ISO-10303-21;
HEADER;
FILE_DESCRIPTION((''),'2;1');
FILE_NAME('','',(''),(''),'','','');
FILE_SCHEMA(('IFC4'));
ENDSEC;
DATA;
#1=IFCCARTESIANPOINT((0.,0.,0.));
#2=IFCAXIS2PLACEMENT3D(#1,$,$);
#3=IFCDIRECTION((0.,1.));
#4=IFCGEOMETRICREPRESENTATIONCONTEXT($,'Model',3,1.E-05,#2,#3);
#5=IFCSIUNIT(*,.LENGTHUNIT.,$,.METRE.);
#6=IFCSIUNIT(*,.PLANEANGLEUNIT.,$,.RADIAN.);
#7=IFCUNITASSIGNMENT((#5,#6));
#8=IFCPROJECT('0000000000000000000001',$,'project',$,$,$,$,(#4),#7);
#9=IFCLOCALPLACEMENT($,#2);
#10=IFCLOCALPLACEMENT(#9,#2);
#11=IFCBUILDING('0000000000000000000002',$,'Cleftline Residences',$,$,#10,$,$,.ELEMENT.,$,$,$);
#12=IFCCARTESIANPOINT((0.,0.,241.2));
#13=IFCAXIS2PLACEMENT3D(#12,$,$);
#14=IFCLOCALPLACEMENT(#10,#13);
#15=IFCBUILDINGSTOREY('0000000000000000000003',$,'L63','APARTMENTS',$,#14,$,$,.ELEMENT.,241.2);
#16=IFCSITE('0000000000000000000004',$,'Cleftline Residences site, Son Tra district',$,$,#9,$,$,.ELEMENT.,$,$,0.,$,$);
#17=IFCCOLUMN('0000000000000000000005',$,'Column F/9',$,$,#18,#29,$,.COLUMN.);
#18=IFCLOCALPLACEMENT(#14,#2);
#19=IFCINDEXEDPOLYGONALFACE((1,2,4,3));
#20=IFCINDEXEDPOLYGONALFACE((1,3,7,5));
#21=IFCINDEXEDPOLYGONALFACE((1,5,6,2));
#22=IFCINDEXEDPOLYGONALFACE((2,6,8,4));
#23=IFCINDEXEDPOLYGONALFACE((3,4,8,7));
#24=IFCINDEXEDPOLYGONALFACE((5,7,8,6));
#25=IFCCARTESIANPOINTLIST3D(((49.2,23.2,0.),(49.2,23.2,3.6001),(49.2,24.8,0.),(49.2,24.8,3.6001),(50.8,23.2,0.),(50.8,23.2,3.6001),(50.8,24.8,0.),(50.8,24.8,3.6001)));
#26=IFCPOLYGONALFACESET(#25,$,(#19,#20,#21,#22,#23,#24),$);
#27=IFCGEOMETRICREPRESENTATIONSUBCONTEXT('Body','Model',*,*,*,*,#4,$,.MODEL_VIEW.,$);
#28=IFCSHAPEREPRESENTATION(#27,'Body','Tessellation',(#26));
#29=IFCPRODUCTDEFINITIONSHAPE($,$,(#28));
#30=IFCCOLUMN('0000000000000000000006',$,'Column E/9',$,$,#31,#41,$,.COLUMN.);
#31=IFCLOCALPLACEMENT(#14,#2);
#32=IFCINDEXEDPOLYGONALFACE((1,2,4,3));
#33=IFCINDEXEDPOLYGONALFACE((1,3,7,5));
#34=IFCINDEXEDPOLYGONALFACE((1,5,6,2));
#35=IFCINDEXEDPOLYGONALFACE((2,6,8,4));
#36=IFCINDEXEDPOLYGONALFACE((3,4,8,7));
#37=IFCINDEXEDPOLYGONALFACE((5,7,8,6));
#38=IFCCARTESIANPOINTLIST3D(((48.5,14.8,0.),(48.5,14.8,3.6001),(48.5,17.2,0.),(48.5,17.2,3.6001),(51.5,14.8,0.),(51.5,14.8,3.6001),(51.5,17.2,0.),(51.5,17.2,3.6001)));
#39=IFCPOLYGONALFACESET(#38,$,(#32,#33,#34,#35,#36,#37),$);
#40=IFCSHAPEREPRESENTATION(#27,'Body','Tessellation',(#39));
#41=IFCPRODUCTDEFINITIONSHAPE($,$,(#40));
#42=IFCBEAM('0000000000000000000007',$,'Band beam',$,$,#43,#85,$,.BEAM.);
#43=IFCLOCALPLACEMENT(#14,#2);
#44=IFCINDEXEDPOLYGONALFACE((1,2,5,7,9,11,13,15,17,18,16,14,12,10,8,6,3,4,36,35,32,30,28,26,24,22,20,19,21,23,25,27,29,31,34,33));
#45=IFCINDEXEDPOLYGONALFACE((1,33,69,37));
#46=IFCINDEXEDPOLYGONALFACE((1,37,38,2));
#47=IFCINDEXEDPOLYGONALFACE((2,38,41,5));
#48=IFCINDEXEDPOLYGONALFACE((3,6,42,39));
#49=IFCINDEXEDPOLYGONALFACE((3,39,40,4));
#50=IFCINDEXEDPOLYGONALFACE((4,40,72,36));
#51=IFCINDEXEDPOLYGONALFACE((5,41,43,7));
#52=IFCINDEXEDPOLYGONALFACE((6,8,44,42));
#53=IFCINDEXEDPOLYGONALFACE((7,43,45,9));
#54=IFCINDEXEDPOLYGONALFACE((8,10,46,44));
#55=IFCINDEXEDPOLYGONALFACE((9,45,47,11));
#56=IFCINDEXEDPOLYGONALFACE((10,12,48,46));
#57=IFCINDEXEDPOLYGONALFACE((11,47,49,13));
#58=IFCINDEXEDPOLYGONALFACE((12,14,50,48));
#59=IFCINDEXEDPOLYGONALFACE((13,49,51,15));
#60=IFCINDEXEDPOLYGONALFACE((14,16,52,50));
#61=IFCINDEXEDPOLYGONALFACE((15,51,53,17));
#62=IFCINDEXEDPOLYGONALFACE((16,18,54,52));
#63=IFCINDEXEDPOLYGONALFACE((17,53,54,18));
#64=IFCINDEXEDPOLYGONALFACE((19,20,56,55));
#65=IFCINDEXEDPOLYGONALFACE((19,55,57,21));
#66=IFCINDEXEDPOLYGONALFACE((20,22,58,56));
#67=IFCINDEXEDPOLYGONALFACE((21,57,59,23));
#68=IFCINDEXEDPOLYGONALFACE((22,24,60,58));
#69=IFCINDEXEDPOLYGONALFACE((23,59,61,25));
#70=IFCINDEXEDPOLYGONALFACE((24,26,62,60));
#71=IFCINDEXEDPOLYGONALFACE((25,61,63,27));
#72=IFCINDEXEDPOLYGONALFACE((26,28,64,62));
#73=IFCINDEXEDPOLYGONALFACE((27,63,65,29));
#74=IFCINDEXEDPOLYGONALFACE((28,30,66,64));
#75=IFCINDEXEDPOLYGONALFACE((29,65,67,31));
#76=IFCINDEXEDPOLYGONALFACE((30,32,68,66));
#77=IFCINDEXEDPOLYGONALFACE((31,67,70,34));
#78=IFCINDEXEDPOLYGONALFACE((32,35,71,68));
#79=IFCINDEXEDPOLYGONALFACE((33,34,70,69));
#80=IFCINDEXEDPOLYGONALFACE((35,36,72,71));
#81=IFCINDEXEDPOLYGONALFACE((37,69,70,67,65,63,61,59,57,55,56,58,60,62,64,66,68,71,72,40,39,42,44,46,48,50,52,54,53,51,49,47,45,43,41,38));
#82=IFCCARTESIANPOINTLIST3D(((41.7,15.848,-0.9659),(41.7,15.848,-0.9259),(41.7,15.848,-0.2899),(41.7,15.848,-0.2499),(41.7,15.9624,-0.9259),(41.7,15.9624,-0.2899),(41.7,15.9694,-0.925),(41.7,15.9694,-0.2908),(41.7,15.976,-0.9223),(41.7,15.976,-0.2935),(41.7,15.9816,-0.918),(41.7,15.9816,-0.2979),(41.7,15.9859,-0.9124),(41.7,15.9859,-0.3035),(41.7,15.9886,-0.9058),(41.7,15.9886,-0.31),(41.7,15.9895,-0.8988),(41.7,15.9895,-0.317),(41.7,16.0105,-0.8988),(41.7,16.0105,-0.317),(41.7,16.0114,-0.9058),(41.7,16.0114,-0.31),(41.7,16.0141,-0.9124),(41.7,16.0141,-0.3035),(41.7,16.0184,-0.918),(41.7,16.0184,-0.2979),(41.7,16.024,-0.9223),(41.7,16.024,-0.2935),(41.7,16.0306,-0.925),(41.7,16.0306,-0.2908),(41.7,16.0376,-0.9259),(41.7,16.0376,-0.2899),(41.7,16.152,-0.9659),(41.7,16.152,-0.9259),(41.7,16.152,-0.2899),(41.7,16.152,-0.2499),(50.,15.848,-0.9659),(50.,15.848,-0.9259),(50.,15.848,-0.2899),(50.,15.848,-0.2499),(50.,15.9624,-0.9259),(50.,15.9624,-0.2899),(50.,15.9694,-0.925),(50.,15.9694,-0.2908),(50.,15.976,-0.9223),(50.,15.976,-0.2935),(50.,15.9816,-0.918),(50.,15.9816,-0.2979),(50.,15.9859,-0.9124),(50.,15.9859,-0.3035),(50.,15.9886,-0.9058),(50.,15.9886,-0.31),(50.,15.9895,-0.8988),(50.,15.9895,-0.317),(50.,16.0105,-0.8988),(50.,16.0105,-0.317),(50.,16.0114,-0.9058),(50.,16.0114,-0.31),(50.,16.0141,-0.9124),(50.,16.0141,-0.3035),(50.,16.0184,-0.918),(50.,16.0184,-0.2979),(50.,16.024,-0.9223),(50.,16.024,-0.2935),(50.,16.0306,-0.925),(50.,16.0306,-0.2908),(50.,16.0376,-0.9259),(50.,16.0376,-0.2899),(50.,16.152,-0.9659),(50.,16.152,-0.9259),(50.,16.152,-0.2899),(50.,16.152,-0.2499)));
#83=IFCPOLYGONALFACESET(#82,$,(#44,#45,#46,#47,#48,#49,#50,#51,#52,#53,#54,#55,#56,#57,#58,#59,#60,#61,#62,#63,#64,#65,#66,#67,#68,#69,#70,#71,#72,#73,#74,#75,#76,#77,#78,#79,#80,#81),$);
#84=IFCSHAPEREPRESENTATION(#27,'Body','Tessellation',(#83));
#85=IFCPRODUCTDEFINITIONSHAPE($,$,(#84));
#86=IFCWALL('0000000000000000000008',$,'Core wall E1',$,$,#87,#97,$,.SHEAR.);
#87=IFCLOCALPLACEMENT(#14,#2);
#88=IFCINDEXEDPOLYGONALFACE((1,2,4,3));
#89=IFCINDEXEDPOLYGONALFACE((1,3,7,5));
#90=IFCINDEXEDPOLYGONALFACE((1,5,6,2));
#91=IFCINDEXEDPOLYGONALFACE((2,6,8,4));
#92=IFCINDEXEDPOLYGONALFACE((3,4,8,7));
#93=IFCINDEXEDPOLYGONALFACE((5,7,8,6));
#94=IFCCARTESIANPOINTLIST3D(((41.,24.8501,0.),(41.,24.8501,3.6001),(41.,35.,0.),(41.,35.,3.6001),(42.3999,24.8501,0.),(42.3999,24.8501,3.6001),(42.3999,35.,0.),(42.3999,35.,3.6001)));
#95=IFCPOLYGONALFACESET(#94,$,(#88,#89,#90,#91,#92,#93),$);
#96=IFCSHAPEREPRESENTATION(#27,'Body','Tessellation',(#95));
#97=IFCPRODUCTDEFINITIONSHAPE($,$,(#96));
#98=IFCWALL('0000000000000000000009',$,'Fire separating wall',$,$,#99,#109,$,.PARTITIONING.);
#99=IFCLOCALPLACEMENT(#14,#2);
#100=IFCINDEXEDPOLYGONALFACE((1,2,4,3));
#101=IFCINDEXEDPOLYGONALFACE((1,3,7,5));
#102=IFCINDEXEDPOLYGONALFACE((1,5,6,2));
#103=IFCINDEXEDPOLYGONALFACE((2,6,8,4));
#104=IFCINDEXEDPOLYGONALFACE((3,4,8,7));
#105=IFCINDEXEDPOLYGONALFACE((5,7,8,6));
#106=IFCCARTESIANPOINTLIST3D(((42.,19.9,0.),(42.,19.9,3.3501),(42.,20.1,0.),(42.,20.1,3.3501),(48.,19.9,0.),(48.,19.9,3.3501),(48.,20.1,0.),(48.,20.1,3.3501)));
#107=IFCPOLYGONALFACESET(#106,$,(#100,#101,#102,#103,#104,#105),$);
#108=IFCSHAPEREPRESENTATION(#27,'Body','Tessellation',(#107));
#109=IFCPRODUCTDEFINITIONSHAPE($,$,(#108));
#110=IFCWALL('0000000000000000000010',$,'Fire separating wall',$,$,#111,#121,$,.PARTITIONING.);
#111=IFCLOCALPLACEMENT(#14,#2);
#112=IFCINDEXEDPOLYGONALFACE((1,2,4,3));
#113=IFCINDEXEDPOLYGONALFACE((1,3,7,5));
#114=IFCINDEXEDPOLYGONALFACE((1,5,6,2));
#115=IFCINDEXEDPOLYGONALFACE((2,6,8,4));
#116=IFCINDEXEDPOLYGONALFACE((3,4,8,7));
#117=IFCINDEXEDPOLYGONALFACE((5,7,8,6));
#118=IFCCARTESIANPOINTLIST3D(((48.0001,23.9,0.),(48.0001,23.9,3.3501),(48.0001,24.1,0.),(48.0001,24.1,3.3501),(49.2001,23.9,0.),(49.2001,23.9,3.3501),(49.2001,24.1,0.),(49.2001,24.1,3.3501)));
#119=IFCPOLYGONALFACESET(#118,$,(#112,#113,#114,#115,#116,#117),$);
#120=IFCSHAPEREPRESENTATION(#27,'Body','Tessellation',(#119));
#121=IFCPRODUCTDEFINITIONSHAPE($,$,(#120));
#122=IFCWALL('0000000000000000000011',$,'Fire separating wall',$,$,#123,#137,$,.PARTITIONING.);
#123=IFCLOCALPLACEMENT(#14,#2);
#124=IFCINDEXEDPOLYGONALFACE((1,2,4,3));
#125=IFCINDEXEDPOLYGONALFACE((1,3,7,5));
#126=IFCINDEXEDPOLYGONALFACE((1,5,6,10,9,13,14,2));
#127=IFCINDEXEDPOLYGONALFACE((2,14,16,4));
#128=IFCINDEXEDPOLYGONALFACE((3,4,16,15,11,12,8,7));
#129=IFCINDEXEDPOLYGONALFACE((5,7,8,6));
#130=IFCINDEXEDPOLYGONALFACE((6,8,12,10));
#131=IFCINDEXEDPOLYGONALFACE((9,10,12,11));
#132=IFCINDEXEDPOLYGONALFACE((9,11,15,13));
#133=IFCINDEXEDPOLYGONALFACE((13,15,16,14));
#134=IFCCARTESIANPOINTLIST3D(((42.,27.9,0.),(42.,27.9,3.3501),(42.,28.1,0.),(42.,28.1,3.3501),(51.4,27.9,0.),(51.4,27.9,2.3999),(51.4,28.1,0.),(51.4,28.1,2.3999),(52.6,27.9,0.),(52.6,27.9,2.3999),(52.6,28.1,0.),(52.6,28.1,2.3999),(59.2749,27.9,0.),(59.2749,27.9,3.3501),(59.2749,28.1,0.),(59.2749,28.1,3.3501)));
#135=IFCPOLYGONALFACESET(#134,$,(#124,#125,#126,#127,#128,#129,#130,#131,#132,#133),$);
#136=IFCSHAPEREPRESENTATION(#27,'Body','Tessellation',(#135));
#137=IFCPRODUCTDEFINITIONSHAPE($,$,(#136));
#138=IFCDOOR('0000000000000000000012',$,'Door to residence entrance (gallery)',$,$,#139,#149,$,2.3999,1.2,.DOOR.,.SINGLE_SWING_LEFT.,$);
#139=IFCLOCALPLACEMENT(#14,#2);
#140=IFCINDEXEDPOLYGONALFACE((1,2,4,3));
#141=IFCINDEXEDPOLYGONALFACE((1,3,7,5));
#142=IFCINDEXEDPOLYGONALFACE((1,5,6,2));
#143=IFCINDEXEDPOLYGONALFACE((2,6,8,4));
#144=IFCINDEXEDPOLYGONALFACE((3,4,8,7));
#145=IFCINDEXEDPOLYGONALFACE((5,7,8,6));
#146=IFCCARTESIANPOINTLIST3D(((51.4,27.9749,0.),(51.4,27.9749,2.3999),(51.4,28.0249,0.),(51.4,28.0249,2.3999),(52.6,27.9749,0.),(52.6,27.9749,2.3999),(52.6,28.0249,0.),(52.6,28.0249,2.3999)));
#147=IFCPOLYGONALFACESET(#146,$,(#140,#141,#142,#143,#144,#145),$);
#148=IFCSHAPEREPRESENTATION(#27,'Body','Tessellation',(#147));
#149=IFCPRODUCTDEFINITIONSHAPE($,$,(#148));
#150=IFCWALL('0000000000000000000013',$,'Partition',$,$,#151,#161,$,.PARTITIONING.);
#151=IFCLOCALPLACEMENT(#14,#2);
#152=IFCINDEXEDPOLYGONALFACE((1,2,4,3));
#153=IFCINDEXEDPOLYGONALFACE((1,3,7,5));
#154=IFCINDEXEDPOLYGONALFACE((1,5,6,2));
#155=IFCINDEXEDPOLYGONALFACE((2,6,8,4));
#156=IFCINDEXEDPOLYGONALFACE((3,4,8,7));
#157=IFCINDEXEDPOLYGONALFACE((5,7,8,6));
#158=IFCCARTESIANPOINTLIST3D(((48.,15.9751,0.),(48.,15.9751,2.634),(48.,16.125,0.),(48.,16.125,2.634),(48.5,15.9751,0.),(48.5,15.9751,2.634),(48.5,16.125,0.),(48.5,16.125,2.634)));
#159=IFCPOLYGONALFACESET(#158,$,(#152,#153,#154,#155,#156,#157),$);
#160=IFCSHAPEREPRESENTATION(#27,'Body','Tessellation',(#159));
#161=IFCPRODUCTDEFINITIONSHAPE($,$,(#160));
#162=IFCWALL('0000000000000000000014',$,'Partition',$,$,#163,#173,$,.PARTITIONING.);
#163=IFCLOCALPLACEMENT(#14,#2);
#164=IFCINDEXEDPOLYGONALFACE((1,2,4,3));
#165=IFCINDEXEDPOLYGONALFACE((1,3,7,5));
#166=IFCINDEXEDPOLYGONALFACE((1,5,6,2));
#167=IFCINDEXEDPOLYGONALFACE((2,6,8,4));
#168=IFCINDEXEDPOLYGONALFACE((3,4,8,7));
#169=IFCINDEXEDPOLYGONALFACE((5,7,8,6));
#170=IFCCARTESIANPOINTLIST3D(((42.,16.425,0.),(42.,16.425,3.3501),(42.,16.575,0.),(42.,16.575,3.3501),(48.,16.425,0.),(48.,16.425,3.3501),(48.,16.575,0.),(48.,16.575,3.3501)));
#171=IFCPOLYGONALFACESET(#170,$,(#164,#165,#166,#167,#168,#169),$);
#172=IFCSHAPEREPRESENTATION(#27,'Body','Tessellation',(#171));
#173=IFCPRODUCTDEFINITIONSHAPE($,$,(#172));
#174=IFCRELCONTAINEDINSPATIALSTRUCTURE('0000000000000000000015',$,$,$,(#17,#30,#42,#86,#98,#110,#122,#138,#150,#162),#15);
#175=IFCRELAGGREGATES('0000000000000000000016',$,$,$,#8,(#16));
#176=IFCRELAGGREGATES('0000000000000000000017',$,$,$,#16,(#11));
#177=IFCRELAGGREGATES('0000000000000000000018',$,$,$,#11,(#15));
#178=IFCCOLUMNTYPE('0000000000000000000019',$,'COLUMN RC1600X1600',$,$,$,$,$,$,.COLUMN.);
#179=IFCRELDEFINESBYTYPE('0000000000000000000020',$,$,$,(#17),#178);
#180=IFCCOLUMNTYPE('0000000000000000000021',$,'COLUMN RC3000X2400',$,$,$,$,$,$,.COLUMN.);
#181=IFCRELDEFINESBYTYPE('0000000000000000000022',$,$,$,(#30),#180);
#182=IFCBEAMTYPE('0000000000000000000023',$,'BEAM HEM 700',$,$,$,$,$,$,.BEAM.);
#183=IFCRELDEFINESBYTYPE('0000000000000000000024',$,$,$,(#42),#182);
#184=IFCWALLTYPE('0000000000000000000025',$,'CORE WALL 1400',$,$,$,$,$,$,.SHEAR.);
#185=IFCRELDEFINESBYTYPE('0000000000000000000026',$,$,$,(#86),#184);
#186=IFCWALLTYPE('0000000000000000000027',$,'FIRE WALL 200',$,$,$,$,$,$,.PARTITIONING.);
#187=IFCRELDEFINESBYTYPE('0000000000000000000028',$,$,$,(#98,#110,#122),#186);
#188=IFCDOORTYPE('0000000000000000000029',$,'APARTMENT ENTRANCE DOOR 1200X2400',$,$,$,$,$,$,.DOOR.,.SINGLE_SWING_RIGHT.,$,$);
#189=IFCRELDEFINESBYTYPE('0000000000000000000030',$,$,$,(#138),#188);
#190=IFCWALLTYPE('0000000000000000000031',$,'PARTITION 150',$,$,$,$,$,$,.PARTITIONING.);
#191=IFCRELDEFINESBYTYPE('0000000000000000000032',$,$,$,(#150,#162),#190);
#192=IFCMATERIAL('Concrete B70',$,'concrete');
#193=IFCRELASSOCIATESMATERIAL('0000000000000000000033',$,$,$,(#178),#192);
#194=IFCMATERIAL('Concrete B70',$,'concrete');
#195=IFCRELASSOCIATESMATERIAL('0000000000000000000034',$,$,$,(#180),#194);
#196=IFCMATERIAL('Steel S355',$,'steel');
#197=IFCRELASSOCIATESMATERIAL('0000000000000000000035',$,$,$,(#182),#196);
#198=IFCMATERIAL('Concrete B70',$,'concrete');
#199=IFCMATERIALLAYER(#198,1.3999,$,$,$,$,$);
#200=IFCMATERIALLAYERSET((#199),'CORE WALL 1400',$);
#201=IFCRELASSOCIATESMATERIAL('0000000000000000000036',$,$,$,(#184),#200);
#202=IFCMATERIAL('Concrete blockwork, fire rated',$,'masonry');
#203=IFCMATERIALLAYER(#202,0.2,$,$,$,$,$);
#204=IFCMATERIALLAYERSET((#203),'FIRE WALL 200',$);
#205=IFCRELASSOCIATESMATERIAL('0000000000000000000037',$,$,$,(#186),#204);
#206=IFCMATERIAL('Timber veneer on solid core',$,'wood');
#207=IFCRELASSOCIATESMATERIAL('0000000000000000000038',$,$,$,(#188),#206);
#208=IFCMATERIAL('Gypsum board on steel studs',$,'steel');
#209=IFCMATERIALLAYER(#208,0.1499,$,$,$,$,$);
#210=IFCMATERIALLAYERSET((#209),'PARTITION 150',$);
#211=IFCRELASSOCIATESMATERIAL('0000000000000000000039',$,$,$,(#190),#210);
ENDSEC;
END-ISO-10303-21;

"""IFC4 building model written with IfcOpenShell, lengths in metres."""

from ifc_helpers import new_model, si_unit, direction, frame, frame_2d, origin, origin_2d, place, context, subcontext, project, spatial, rectangle, i_section, extrude, material, layer, layer_set, material_profile, profile_set, type_object, element, fill, save


model = new_model("IFC4")

# Units and contexts
model_context = context("Model", 3, precision=1e-05, world=origin(), true_north=direction((0.0, 1.0)))
body_context = subcontext(model_context, "Body", "Model", "MODEL_VIEW")
ifc_project = project(units=[si_unit("LENGTHUNIT", "METRE"), si_unit("PLANEANGLEUNIT", "RADIAN")], contexts=[model_context])

# Site, building, storey
site_placement = place(None, origin())
site = spatial("IfcSite", under=ifc_project, at=site_placement, Name="Cleftline Residences site, Son Tra district", CompositionType="ELEMENT", RefElevation=0.0)
building_placement = place(site_placement, origin())
building = spatial("IfcBuilding", under=site, at=building_placement, Name="Cleftline Residences", CompositionType="ELEMENT")
storey_placement = place(building_placement, frame((0.0, 0.0, 241.2)))
storey = spatial("IfcBuildingStorey", under=building, at=storey_placement, Name="L63", Description="APARTMENTS", CompositionType="ELEMENT", Elevation=241.2)

# Columns
ifc_material_1 = material(Name="Concrete B70", Category="concrete")
ifc_material_profile_1 = material_profile(ifc_material_1, rectangle(XDim=1.6001, YDim=1.6001, at=origin_2d()))
ifc_profile_set_1 = profile_set([ifc_material_profile_1], Name="Concrete B70")
column_type_1 = type_object("IfcColumnType", Name="COLUMN RC1600X1600", PredefinedType="COLUMN", material=ifc_profile_set_1)
column_1_placement = place(storey_placement, frame((50.0, 24.0, 0.0), z_axis=(0.0, 0.0, 1.0), x_axis=(1.0, 0.0, 0.0)))
element("IfcColumn", 1, at=column_1_placement, inside=storey, type_object=column_type_1, Name="Column F/9", PredefinedType="COLUMN", context=body_context, shape_type="SweptSolid", body=[
    extrude(rectangle(XDim=1.6001, YDim=1.6001, at=origin_2d()), origin(), (0.0, 0.0, 1.0), 3.6001),
])
ifc_material_2 = material(Name="Concrete B70", Category="concrete")
ifc_material_profile_2 = material_profile(ifc_material_2, rectangle(XDim=3.0, YDim=2.3999, at=origin_2d()))
ifc_profile_set_2 = profile_set([ifc_material_profile_2], Name="Concrete B70")
column_type_2 = type_object("IfcColumnType", Name="COLUMN RC3000X2400", PredefinedType="COLUMN", material=ifc_profile_set_2)
column_2_placement = place(storey_placement, frame((50.0, 16.0, 0.0), z_axis=(0.0, 0.0, 1.0), x_axis=(1.0, 0.0, 0.0)))
element("IfcColumn", 2, at=column_2_placement, inside=storey, type_object=column_type_2, Name="Column E/9", PredefinedType="COLUMN", context=body_context, shape_type="SweptSolid", body=[
    extrude(rectangle(XDim=3.0, YDim=2.3999, at=origin_2d()), origin(), (0.0, 0.0, 1.0), 3.6001),
])

# Beam
ifc_material_3 = material(Name="Steel S355", Category="steel")
ifc_material_profile_3 = material_profile(ifc_material_3, i_section(OverallWidth=0.304, OverallDepth=0.7161, WebThickness=0.021, FlangeThickness=0.04, FilletRadius=0.0271, at=origin_2d()))
ifc_profile_set_3 = profile_set([ifc_material_profile_3], Name="Steel S355")
beam_type = type_object("IfcBeamType", Name="BEAM HEM 700", PredefinedType="BEAM", material=ifc_profile_set_3)
beam_placement = place(storey_placement, frame((50.0, 16.0, -0.6079), z_axis=(-1.0, 0.0, 0.0), x_axis=(0.0, -1.0, 0.0)))
element("IfcBeam", 3, at=beam_placement, inside=storey, type_object=beam_type, Name="Band beam", PredefinedType="BEAM", context=body_context, shape_type="SweptSolid", body=[
    extrude(i_section(OverallWidth=0.304, OverallDepth=0.7161, WebThickness=0.021, FlangeThickness=0.04, FilletRadius=0.0271, at=origin_2d()), origin(), (0.0, 0.0, 1.0), 8.3),
])

# Walls
ifc_material_4 = material(Name="Concrete B70", Category="concrete")
ifc_layer_1 = layer(ifc_material_4, 1.3999)
ifc_layer_set_1 = layer_set([ifc_layer_1], Name="CORE WALL 1400")
wall_type_1 = type_object("IfcWallType", Name="CORE WALL 1400", PredefinedType="SHEAR", material=ifc_layer_set_1)
wall_1_placement = place(storey_placement, frame((41.7, 24.8501, 0.0), z_axis=(0.0, 0.0, 1.0), x_axis=(0.0, 1.0, 0.0)))
element("IfcWall", 4, at=wall_1_placement, inside=storey, type_object=wall_type_1, Name="Core wall E1", PredefinedType="SHEAR", context=body_context, shape_type="SweptSolid", body=[
    extrude(rectangle(XDim=10.1499, YDim=1.3999, at=frame_2d((5.075, 0.0))), origin(), (0.0, 0.0, 1.0), 3.6001),
])
ifc_material_5 = material(Name="Concrete blockwork, fire rated", Category="masonry")
ifc_layer_2 = layer(ifc_material_5, 0.2)
ifc_layer_set_2 = layer_set([ifc_layer_2], Name="FIRE WALL 200")
wall_type_2 = type_object("IfcWallType", Name="FIRE WALL 200", PredefinedType="PARTITIONING", material=ifc_layer_set_2)
wall_2_placement = place(storey_placement, frame((42.0, 20.0, 0.0), z_axis=(0.0, 0.0, 1.0), x_axis=(1.0, 0.0, 0.0)))
element("IfcWall", 5, at=wall_2_placement, inside=storey, type_object=wall_type_2, Name="Fire separating wall", PredefinedType="PARTITIONING", context=body_context, shape_type="SweptSolid", body=[
    extrude(rectangle(XDim=6.0, YDim=0.2, at=frame_2d((3.0, 0.0))), origin(), (0.0, 0.0, 1.0), 3.3501),
])
wall_3_placement = place(storey_placement, frame((48.0, 24.0, 0.0), z_axis=(0.0, 0.0, 1.0), x_axis=(1.0, 0.0, 0.0)))
element("IfcWall", 6, at=wall_3_placement, inside=storey, type_object=wall_type_2, Name="Fire separating wall", PredefinedType="PARTITIONING", context=body_context, shape_type="SweptSolid", body=[
    extrude(rectangle(XDim=1.2, YDim=0.2, at=frame_2d((0.6001, 0.0))), origin(), (0.0, 0.0, 1.0), 3.3501),
])

# Wall, opening, door
wall_4_placement = place(storey_placement, frame((42.0, 28.0, 0.0), z_axis=(0.0, 0.0, 1.0), x_axis=(1.0, 0.0, 0.0)))
wall_4 = element("IfcWall", 7, at=wall_4_placement, inside=storey, type_object=wall_type_2, Name="Fire separating wall", PredefinedType="PARTITIONING", context=body_context, shape_type="SweptSolid", body=[
    extrude(rectangle(XDim=17.2749, YDim=0.2, at=frame_2d((8.6375, 0.0))), origin(), (0.0, 0.0, 1.0), 3.3501),
])
opening_1_placement = place(wall_4_placement, frame((9.3999, 0.0, 0.0)))
opening_1 = element("IfcOpeningElement", 8, at=opening_1_placement, cuts=wall_4, PredefinedType="OPENING", context=body_context, shape_type="SweptSolid", body=[
    extrude(rectangle(XDim=1.2, YDim=2.3999, at=frame_2d((0.6001, 1.2))), frame((0.0, 0.1099, 0.0), z_axis=(0.0, -1.0, 0.0), x_axis=(1.0, 0.0, 0.0)), (0.0, 0.0, 1.0), 0.22),
])
ifc_material_6 = material(Name="Timber veneer on solid core", Category="wood")
door_type_1 = type_object("IfcDoorType", Name="APARTMENT ENTRANCE DOOR 1200X2400", OperationType="SINGLE_SWING_RIGHT", PredefinedType="DOOR", material=ifc_material_6)
door_1_placement = place(opening_1_placement, origin())
door_1 = element("IfcDoor", 9, at=door_1_placement, inside=storey, type_object=door_type_1, Name="Door to residence entrance (gallery)", OperationType="SINGLE_SWING_LEFT", OverallHeight=2.3999, OverallWidth=1.2, PredefinedType="DOOR", context=body_context, shape_type="SweptSolid", body=[
    extrude(rectangle(XDim=1.2, YDim=2.3999, at=frame_2d((0.6001, 1.2))), frame((0.0, 0.0249, 0.0), z_axis=(0.0, -1.0, 0.0), x_axis=(1.0, 0.0, 0.0)), (0.0, 0.0, 1.0), 0.05),
])
fill(opening_1, door_1)

# Walls
ifc_material_7 = material(Name="Gypsum board on steel studs", Category="steel")
ifc_layer_3 = layer(ifc_material_7, 0.1499)
ifc_layer_set_3 = layer_set([ifc_layer_3], Name="PARTITION 150")
wall_type_3 = type_object("IfcWallType", Name="PARTITION 150", PredefinedType="PARTITIONING", material=ifc_layer_set_3)
wall_5_placement = place(storey_placement, frame((48.0, 16.05, 0.0), z_axis=(0.0, 0.0, 1.0), x_axis=(1.0, 0.0, 0.0)))
element("IfcWall", 10, at=wall_5_placement, inside=storey, type_object=wall_type_3, Name="Partition", PredefinedType="PARTITIONING", context=body_context, shape_type="SweptSolid", body=[
    extrude(rectangle(XDim=0.5, YDim=0.1499, at=frame_2d((0.25, 0.0))), origin(), (0.0, 0.0, 1.0), 2.634),
])
wall_6_placement = place(storey_placement, frame((42.0, 16.5, 0.0), z_axis=(0.0, 0.0, 1.0), x_axis=(1.0, 0.0, 0.0)))
element("IfcWall", 11, at=wall_6_placement, inside=storey, type_object=wall_type_3, Name="Partition", PredefinedType="PARTITIONING", context=body_context, shape_type="SweptSolid", body=[
    extrude(rectangle(XDim=6.0, YDim=0.1499, at=frame_2d((3.0, 0.0))), origin(), (0.0, 0.0, 1.0), 3.3501),
])

save(model, "model.ifc")
